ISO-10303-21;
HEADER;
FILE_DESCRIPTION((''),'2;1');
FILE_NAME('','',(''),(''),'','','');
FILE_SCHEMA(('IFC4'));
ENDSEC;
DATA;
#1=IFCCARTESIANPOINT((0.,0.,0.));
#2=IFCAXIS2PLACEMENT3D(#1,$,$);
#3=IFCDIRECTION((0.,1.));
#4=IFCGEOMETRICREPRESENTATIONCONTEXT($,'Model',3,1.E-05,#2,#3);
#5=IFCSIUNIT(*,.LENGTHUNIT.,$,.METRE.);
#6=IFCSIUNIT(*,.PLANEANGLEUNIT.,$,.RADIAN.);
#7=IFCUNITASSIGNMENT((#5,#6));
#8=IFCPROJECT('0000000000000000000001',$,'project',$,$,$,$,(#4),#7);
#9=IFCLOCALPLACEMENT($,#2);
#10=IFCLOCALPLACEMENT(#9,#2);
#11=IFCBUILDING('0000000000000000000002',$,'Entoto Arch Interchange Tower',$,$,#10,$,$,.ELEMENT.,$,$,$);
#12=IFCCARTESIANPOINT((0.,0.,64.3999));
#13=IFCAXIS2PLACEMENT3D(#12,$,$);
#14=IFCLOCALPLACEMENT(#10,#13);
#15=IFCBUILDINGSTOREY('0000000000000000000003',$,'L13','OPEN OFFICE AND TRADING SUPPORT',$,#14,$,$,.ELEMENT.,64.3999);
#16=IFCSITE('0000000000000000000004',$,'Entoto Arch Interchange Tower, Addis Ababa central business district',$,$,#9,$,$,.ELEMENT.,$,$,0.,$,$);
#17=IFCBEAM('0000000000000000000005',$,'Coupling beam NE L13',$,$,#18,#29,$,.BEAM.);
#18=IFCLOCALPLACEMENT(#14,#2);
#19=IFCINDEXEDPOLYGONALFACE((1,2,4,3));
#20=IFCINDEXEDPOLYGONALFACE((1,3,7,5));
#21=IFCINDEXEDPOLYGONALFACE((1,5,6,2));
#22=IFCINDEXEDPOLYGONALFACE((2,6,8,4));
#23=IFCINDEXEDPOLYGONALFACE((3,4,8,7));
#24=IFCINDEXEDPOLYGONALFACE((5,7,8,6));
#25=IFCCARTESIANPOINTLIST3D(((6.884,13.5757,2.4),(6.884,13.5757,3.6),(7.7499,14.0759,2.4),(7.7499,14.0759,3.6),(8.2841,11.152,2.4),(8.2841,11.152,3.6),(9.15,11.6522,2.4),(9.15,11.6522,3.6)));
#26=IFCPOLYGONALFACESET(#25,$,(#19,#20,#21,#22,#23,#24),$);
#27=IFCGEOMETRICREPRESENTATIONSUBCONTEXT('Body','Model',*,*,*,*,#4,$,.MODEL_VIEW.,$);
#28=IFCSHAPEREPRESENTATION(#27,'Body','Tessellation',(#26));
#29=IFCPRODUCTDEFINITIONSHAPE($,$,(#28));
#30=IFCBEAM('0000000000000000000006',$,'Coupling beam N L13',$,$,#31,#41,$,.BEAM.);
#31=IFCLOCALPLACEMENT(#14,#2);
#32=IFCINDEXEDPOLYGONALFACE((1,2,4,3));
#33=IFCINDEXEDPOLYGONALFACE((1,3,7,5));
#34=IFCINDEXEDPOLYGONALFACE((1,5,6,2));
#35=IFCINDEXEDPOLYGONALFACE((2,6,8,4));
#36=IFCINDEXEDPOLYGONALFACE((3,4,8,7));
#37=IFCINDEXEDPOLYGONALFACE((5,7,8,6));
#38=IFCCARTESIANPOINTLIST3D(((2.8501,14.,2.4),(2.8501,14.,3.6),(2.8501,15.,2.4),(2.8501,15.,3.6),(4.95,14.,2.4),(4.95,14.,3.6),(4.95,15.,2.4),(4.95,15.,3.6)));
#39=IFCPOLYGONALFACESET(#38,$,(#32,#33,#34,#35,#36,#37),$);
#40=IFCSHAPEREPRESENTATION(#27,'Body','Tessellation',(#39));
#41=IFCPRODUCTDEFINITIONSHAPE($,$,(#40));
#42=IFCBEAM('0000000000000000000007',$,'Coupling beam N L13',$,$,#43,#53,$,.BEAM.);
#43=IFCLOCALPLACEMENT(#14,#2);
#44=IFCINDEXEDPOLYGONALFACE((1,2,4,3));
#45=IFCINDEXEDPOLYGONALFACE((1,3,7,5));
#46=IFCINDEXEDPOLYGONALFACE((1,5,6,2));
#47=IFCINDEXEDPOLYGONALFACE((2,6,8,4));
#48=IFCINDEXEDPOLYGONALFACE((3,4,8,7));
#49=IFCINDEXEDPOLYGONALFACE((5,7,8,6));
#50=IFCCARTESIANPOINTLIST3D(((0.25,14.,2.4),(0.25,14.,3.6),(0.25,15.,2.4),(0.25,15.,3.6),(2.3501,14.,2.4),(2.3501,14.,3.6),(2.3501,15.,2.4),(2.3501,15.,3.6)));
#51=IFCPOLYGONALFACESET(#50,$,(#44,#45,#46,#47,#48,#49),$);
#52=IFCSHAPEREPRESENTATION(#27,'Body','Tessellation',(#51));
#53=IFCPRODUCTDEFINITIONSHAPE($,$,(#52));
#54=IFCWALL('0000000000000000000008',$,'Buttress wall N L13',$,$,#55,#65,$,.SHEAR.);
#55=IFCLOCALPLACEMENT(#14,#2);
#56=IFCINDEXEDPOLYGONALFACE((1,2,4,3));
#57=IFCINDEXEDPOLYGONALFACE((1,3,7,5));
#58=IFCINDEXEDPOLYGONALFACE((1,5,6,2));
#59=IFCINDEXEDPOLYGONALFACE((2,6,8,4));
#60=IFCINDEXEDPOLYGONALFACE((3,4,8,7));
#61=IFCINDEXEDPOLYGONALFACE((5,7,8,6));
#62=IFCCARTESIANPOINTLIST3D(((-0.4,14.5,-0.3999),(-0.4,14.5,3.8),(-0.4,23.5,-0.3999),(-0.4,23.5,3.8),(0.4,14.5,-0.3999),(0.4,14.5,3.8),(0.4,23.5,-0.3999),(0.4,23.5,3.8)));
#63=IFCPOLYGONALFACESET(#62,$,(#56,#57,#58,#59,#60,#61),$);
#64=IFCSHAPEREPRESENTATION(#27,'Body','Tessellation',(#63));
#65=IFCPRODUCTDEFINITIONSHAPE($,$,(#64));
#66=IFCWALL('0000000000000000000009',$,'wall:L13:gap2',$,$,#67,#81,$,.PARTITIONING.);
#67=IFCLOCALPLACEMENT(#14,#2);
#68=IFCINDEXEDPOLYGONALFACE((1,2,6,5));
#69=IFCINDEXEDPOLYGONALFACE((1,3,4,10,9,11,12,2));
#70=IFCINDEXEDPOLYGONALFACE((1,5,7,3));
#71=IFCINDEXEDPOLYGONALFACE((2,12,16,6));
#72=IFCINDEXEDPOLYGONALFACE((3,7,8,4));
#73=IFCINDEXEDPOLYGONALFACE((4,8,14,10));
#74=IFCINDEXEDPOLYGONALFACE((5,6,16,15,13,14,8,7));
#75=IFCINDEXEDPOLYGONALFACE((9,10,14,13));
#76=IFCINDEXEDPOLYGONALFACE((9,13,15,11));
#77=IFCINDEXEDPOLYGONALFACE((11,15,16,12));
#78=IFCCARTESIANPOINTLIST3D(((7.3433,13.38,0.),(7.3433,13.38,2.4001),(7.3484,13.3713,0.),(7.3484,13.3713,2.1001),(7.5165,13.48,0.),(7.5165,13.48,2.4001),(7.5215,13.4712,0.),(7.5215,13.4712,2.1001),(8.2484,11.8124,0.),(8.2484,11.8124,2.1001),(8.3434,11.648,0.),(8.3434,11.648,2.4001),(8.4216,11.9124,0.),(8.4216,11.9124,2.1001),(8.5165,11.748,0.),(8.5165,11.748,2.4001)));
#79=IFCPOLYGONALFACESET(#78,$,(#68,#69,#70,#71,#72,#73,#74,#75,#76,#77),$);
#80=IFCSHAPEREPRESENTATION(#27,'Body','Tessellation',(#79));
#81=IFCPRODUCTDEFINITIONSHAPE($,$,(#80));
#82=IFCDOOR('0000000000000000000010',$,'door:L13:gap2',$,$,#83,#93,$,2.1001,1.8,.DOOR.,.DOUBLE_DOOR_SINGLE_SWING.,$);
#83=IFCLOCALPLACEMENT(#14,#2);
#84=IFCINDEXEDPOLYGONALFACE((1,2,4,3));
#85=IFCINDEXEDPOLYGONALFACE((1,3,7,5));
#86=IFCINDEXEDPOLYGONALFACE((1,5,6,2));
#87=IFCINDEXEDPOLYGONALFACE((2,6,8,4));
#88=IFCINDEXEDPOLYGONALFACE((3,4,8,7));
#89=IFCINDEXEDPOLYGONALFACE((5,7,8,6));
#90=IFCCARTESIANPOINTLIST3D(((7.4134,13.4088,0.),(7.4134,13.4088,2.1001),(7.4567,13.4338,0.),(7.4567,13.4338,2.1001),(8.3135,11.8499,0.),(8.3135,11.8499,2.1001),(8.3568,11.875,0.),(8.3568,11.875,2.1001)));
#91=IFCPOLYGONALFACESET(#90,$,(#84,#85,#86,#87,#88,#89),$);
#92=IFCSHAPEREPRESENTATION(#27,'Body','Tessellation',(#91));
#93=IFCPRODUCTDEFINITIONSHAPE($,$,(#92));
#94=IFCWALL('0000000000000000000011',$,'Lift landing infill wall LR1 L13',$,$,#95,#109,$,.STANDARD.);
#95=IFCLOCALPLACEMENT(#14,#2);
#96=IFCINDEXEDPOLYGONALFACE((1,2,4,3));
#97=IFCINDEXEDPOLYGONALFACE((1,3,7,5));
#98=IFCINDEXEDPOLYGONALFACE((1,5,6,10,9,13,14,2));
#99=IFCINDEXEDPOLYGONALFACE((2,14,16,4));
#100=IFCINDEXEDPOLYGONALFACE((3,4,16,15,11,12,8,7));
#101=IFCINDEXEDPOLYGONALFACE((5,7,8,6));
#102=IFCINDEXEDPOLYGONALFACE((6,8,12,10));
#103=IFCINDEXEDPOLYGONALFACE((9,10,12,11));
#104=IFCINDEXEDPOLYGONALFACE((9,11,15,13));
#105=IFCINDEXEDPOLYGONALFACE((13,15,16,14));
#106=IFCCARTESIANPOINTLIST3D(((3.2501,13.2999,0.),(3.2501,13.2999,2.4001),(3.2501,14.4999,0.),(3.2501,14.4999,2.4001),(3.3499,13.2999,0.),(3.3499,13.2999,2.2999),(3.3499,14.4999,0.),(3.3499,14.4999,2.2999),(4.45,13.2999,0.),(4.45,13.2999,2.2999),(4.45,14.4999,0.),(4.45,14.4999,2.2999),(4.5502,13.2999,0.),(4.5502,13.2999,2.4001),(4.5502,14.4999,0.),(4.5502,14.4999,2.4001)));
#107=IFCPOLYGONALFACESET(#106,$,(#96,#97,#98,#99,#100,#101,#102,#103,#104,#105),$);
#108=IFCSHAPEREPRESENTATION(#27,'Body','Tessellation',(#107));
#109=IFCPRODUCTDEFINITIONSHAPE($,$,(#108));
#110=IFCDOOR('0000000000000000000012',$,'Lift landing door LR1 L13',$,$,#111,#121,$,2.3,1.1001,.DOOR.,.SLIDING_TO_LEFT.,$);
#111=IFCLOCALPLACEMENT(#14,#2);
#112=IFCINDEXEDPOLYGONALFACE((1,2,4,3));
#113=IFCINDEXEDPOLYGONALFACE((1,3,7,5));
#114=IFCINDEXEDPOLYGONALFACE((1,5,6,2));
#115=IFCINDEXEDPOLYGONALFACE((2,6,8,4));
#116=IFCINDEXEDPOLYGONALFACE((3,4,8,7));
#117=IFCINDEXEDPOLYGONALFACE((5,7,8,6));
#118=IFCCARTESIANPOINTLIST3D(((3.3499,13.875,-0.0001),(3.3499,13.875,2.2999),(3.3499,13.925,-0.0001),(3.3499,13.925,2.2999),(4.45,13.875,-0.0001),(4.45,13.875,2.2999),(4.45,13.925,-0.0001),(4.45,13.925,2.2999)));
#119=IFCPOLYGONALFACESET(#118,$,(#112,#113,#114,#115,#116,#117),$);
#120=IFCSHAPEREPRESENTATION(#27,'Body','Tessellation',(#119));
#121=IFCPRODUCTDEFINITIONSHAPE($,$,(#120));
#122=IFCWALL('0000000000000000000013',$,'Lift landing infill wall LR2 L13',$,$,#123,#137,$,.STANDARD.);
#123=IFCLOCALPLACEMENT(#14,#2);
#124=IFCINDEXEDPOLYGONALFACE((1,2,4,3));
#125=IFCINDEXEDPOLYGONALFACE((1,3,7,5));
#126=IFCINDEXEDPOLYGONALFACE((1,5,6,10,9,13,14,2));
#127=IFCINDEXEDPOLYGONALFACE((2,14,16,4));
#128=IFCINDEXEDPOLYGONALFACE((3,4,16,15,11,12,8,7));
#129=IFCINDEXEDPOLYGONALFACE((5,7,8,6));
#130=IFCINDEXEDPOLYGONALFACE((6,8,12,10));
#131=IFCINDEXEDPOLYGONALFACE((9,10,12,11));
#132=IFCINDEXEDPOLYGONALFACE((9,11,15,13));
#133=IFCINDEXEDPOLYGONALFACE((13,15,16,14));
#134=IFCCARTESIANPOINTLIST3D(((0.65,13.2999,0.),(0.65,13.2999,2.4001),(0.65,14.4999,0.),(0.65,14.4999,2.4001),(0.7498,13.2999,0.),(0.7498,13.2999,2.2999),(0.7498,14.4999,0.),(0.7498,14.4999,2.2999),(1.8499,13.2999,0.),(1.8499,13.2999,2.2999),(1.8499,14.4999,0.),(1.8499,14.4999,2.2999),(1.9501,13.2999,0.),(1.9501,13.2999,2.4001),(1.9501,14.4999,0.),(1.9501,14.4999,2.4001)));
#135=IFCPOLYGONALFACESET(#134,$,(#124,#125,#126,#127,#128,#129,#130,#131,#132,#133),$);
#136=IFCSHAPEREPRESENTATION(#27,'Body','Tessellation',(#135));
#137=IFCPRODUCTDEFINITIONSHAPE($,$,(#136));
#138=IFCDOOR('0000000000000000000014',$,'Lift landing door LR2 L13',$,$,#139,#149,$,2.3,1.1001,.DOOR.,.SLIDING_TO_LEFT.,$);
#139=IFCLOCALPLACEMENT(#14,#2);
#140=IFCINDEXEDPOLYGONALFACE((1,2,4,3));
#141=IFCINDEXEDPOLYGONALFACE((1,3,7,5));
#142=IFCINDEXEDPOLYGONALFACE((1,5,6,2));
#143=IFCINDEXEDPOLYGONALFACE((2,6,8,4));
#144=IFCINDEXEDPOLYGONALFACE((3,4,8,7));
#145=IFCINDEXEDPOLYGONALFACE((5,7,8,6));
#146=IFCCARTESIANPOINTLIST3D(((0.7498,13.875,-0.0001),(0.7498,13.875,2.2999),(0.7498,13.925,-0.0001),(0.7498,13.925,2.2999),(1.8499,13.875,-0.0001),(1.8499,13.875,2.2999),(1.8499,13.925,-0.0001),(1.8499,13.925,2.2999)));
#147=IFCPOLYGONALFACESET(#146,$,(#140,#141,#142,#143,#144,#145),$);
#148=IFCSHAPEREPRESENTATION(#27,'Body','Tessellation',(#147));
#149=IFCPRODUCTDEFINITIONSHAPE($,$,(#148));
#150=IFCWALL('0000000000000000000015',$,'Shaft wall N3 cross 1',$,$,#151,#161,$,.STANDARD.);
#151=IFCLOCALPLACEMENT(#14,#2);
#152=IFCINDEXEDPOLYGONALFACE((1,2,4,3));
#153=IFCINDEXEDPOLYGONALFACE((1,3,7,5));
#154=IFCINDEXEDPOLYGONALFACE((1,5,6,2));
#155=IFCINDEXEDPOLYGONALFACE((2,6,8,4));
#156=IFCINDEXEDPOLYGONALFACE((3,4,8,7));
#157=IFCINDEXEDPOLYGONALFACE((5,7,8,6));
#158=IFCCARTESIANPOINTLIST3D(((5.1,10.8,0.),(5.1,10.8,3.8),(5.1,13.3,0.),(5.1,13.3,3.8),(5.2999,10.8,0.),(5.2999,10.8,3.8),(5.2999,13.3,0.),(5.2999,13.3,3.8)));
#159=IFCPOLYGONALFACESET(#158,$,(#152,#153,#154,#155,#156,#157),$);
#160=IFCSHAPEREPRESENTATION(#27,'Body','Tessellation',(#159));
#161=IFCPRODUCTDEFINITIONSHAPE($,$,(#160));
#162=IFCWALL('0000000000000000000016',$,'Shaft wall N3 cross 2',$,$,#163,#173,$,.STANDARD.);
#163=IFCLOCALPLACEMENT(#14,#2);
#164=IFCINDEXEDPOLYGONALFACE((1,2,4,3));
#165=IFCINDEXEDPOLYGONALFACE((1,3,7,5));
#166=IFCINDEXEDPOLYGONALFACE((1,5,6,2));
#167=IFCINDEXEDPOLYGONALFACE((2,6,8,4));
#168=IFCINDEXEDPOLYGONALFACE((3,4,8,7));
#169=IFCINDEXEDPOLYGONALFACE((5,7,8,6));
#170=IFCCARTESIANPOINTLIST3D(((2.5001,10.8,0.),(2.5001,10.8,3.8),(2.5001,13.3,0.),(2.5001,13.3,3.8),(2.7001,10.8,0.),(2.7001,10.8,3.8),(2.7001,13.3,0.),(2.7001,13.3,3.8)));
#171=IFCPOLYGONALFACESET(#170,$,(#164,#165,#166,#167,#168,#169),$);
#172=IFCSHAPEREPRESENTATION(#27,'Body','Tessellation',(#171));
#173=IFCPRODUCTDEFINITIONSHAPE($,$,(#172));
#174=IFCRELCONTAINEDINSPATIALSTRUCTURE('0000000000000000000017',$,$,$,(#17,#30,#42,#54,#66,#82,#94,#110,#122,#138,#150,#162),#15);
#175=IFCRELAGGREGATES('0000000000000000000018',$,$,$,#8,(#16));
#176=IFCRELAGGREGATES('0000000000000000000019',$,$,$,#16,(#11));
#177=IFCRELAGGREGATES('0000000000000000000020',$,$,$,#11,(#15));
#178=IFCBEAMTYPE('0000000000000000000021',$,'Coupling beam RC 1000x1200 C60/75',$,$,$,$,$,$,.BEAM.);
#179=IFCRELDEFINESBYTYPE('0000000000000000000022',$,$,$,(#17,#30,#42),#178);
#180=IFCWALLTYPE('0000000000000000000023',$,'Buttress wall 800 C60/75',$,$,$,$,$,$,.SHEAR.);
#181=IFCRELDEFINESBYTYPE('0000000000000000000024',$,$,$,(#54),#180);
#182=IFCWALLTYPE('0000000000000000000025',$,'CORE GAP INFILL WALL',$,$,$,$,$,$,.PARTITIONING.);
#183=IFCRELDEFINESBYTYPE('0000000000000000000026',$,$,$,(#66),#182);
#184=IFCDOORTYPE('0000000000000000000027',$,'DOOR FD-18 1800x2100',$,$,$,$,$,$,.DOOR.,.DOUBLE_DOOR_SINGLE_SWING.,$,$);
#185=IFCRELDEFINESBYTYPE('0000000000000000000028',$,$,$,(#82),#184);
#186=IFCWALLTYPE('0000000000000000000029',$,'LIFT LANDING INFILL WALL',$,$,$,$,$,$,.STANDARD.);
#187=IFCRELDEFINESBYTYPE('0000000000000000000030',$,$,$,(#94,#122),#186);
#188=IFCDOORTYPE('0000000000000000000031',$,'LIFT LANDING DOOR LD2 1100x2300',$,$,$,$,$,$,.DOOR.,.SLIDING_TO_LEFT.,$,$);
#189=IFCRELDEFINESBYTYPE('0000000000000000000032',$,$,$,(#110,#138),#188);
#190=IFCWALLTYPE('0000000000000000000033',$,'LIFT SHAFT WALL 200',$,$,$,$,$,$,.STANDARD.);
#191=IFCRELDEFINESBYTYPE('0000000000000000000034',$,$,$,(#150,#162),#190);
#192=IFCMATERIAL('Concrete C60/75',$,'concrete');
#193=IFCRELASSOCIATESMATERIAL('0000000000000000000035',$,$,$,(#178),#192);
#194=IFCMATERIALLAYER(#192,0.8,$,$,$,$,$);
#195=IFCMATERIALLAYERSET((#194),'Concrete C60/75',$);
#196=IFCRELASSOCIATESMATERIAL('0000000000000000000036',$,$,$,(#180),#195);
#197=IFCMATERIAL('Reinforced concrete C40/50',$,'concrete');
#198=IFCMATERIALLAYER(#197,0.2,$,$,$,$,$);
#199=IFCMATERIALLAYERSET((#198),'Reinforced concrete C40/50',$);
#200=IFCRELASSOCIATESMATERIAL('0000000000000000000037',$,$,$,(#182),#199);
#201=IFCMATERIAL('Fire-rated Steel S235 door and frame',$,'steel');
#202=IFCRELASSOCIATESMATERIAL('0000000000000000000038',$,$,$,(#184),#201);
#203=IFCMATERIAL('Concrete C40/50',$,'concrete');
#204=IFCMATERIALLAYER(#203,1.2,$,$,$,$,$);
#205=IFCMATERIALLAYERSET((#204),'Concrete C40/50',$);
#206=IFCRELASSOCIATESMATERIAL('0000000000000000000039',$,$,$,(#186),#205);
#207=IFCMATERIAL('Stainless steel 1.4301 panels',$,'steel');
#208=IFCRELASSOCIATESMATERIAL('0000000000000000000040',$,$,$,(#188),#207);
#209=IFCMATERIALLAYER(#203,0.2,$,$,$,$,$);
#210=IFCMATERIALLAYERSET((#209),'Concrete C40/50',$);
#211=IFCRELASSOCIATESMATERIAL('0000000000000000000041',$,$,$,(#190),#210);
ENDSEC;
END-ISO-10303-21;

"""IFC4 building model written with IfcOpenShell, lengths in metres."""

from ifc_helpers import new_model, si_unit, direction, frame, frame_2d, origin, origin_2d, place, context, subcontext, project, spatial, rectangle, extrude, material, layer, layer_set, material_profile, profile_set, type_object, element, fill, save


model = new_model("IFC4")

# Units and contexts
model_context = context("Model", 3, precision=1e-05, world=origin(), true_north=direction((0.0, 1.0)))
body_context = subcontext(model_context, "Body", "Model", "MODEL_VIEW")
ifc_project = project(units=[si_unit("LENGTHUNIT", "METRE"), si_unit("PLANEANGLEUNIT", "RADIAN")], contexts=[model_context])

# Site, building, storey
site_placement = place(None, origin())
site = spatial("IfcSite", under=ifc_project, at=site_placement, Name="Entoto Arch Interchange Tower, Addis Ababa central business district", CompositionType="ELEMENT", RefElevation=0.0)
building_placement = place(site_placement, origin())
building = spatial("IfcBuilding", under=site, at=building_placement, Name="Entoto Arch Interchange Tower", CompositionType="ELEMENT")
storey_placement = place(building_placement, frame((0.0, 0.0, 64.3999)))
storey = spatial("IfcBuildingStorey", under=building, at=storey_placement, Name="L13", Description="OPEN OFFICE AND TRADING SUPPORT", CompositionType="ELEMENT", Elevation=64.3999)

# Beams
ifc_material_1 = material(Name="Concrete C60/75", Category="concrete")
ifc_material_profile = material_profile(ifc_material_1, rectangle(XDim=1.0, YDim=1.2, at=origin_2d()))
ifc_profile_set = profile_set([ifc_material_profile], Name="Concrete C60/75")
beam_type = type_object("IfcBeamType", Name="Coupling beam RC 1000x1200 C60/75", PredefinedType="BEAM", material=ifc_profile_set)
beam_1_placement = place(storey_placement, frame((8.717, 11.4021, 3.0), z_axis=(-0.500201, 0.86591, 0.0), x_axis=(-0.86591, -0.500201, 0.0)))
element("IfcBeam", 1, at=beam_1_placement, inside=storey, type_object=beam_type, Name="Coupling beam NE L13", PredefinedType="BEAM", context=body_context, shape_type="SweptSolid", body=[
    extrude(rectangle(XDim=1.0, YDim=1.2, at=origin_2d()), origin(), (0.0, 0.0, 1.0), 2.7991),
])
beam_2_placement = place(storey_placement, frame((4.95, 14.5, 3.0), z_axis=(-1.0, 0.0, 0.0), x_axis=(0.0, -1.0, 0.0)))
element("IfcBeam", 2, at=beam_2_placement, inside=storey, type_object=beam_type, Name="Coupling beam N L13", PredefinedType="BEAM", context=body_context, shape_type="SweptSolid", body=[
    extrude(rectangle(XDim=1.0, YDim=1.2, at=origin_2d()), origin(), (0.0, 0.0, 1.0), 2.0999),
])
beam_3_placement = place(storey_placement, frame((2.3501, 14.5, 3.0), z_axis=(-1.0, 0.0, 0.0), x_axis=(0.0, -1.0, 0.0)))
element("IfcBeam", 3, at=beam_3_placement, inside=storey, type_object=beam_type, Name="Coupling beam N L13", PredefinedType="BEAM", context=body_context, shape_type="SweptSolid", body=[
    extrude(rectangle(XDim=1.0, YDim=1.2, at=origin_2d()), origin(), (0.0, 0.0, 1.0), 2.1001),
])

# Wall
ifc_layer_1 = layer(ifc_material_1, 0.8)
ifc_layer_set_1 = layer_set([ifc_layer_1], Name="Concrete C60/75")
wall_type_1 = type_object("IfcWallType", Name="Buttress wall 800 C60/75", PredefinedType="SHEAR", material=ifc_layer_set_1)
wall_1_placement = place(storey_placement, frame((0.0, 14.5, -0.3999), z_axis=(0.0, 0.0, 1.0), x_axis=(0.0, 1.0, 0.0)))
element("IfcWall", 4, at=wall_1_placement, inside=storey, type_object=wall_type_1, Name="Buttress wall N L13", PredefinedType="SHEAR", context=body_context, shape_type="SweptSolid", body=[
    extrude(rectangle(XDim=9.0, YDim=0.8, at=frame_2d((4.5, 0.0))), origin(), (0.0, 0.0, 1.0), 4.2),
])

# Walls, openings, doors
ifc_material_2 = material(Name="Reinforced concrete C40/50", Category="concrete")
ifc_layer_2 = layer(ifc_material_2, 0.2)
ifc_layer_set_2 = layer_set([ifc_layer_2], Name="Reinforced concrete C40/50")
wall_type_2 = type_object("IfcWallType", Name="CORE GAP INFILL WALL", PredefinedType="PARTITIONING", material=ifc_layer_set_2)
wall_2_placement = place(storey_placement, frame((8.4299, 11.698, 0.0), z_axis=(0.0, 0.0, 1.0), x_axis=(-0.500025, 0.866011, 0.0)))
wall_2 = element("IfcWall", 5, at=wall_2_placement, inside=storey, type_object=wall_type_2, Name="wall:L13:gap2", PredefinedType="PARTITIONING", context=body_context, shape_type="SweptSolid", body=[
    extrude(rectangle(XDim=2.0, YDim=0.2, at=frame_2d((1.0, 0.0))), origin(), (0.0, 0.0, 1.0), 2.4001),
])
opening_1_placement = place(wall_2_placement, frame((0.1899, 0.0, 0.0)))
opening_1 = element("IfcOpeningElement", 6, at=opening_1_placement, cuts=wall_2, PredefinedType="OPENING", context=body_context, shape_type="SweptSolid", body=[
    extrude(rectangle(XDim=1.8, YDim=2.1001, at=frame_2d((0.8999, 1.05))), frame((0.0, 0.1099, 0.0), z_axis=(0.0, -1.0, 0.0), x_axis=(1.0, 0.0, 0.0)), (0.0, 0.0, 1.0), 0.22),
])
ifc_material_3 = material(Name="Fire-rated Steel S235 door and frame", Category="steel")
door_type_1 = type_object("IfcDoorType", Name="DOOR FD-18 1800x2100", OperationType="DOUBLE_DOOR_SINGLE_SWING", PredefinedType="DOOR", material=ifc_material_3)
door_1_placement = place(opening_1_placement, origin())
door_1 = element("IfcDoor", 7, at=door_1_placement, inside=storey, type_object=door_type_1, Name="door:L13:gap2", OperationType="DOUBLE_DOOR_SINGLE_SWING", OverallHeight=2.1001, OverallWidth=1.8, PredefinedType="DOOR", context=body_context, shape_type="SweptSolid", body=[
    extrude(rectangle(XDim=1.8, YDim=2.1001, at=frame_2d((0.8999, 1.05))), frame((0.0, 0.0249, 0.0), z_axis=(0.0, -1.0, 0.0), x_axis=(1.0, 0.0, 0.0)), (0.0, 0.0, 1.0), 0.05),
])
fill(opening_1, door_1)
ifc_material_4 = material(Name="Concrete C40/50", Category="concrete")
ifc_layer_3 = layer(ifc_material_4, 1.2)
ifc_layer_set_3 = layer_set([ifc_layer_3], Name="Concrete C40/50")
wall_type_3 = type_object("IfcWallType", Name="LIFT LANDING INFILL WALL", PredefinedType="STANDARD", material=ifc_layer_set_3)
wall_3_placement = place(storey_placement, frame((4.55, 13.8999, 0.0), z_axis=(0.0, 0.0, 1.0), x_axis=(-1.0, 0.0, 0.0)))
wall_3 = element("IfcWall", 8, at=wall_3_placement, inside=storey, type_object=wall_type_3, Name="Lift landing infill wall LR1 L13", PredefinedType="STANDARD", context=body_context, shape_type="SweptSolid", body=[
    extrude(rectangle(XDim=1.3, YDim=1.2, at=frame_2d((0.6499, 0.0))), origin(), (0.0, 0.0, 1.0), 2.4001),
])
opening_2_placement = place(wall_3_placement, frame((0.1001, 0.0, 0.0)))
opening_2 = element("IfcOpeningElement", 9, at=opening_2_placement, cuts=wall_3, PredefinedType="OPENING", context=body_context, shape_type="SweptSolid", body=[
    extrude(rectangle(XDim=1.1001, YDim=2.3, at=frame_2d((0.55, 1.1499))), frame((0.0, 0.6099, 0.0), z_axis=(0.0, -1.0, 0.0), x_axis=(1.0, 0.0, 0.0)), (0.0, 0.0, 1.0), 1.22),
])
ifc_material_5 = material(Name="Stainless steel 1.4301 panels", Category="steel")
door_type_2 = type_object("IfcDoorType", Name="LIFT LANDING DOOR LD2 1100x2300", OperationType="SLIDING_TO_LEFT", PredefinedType="DOOR", material=ifc_material_5)
door_2_placement = place(opening_2_placement, origin())
door_2 = element("IfcDoor", 10, at=door_2_placement, inside=storey, type_object=door_type_2, Name="Lift landing door LR1 L13", OperationType="SLIDING_TO_LEFT", OverallHeight=2.3, OverallWidth=1.1001, PredefinedType="DOOR", context=body_context, shape_type="SweptSolid", body=[
    extrude(rectangle(XDim=1.1001, YDim=2.3, at=frame_2d((0.55, 1.1499))), frame((0.0, 0.0249, 0.0), z_axis=(0.0, -1.0, 0.0), x_axis=(1.0, 0.0, 0.0)), (0.0, 0.0, 1.0), 0.05),
])
fill(opening_2, door_2)
wall_4_placement = place(storey_placement, frame((1.95, 13.8999, 0.0), z_axis=(0.0, 0.0, 1.0), x_axis=(-1.0, 0.0, 0.0)))
wall_4 = element("IfcWall", 11, at=wall_4_placement, inside=storey, type_object=wall_type_3, Name="Lift landing infill wall LR2 L13", PredefinedType="STANDARD", context=body_context, shape_type="SweptSolid", body=[
    extrude(rectangle(XDim=1.3, YDim=1.2, at=frame_2d((0.6499, 0.0))), origin(), (0.0, 0.0, 1.0), 2.4001),
])
opening_3_placement = place(wall_4_placement, frame((0.1001, 0.0, 0.0)))
opening_3 = element("IfcOpeningElement", 12, at=opening_3_placement, cuts=wall_4, PredefinedType="OPENING", context=body_context, shape_type="SweptSolid", body=[
    extrude(rectangle(XDim=1.1001, YDim=2.3, at=frame_2d((0.55, 1.1499))), frame((0.0, 0.6099, 0.0), z_axis=(0.0, -1.0, 0.0), x_axis=(1.0, 0.0, 0.0)), (0.0, 0.0, 1.0), 1.22),
])
door_3_placement = place(opening_3_placement, origin())
door_3 = element("IfcDoor", 13, at=door_3_placement, inside=storey, type_object=door_type_2, Name="Lift landing door LR2 L13", OperationType="SLIDING_TO_LEFT", OverallHeight=2.3, OverallWidth=1.1001, PredefinedType="DOOR", context=body_context, shape_type="SweptSolid", body=[
    extrude(rectangle(XDim=1.1001, YDim=2.3, at=frame_2d((0.55, 1.1499))), frame((0.0, 0.0249, 0.0), z_axis=(0.0, -1.0, 0.0), x_axis=(1.0, 0.0, 0.0)), (0.0, 0.0, 1.0), 0.05),
])
fill(opening_3, door_3)

# Walls
ifc_layer_4 = layer(ifc_material_4, 0.2)
ifc_layer_set_4 = layer_set([ifc_layer_4], Name="Concrete C40/50")
wall_type_4 = type_object("IfcWallType", Name="LIFT SHAFT WALL 200", PredefinedType="STANDARD", material=ifc_layer_set_4)
for number, where, z_axis, x_axis, name in (
    (14, (5.2, 10.8, 0.0), (0.0, 0.0, 1.0), (0.0, 1.0, 0.0), "Shaft wall N3 cross 1"),
    (15, (2.6001, 10.8, 0.0), (0.0, 0.0, 1.0), (0.0, 1.0, 0.0), "Shaft wall N3 cross 2"),
):
    element("IfcWall", number, at=place(storey_placement, frame(where, z_axis=z_axis, x_axis=x_axis)), inside=storey, type_object=wall_type_4, Name=name, PredefinedType="STANDARD", context=body_context, shape_type="SweptSolid", body=[
        extrude(rectangle(XDim=2.5, YDim=0.2, at=frame_2d((1.25, 0.0))), origin(), (0.0, 0.0, 1.0), 3.8),
    ])

save(model, "model.ifc")
